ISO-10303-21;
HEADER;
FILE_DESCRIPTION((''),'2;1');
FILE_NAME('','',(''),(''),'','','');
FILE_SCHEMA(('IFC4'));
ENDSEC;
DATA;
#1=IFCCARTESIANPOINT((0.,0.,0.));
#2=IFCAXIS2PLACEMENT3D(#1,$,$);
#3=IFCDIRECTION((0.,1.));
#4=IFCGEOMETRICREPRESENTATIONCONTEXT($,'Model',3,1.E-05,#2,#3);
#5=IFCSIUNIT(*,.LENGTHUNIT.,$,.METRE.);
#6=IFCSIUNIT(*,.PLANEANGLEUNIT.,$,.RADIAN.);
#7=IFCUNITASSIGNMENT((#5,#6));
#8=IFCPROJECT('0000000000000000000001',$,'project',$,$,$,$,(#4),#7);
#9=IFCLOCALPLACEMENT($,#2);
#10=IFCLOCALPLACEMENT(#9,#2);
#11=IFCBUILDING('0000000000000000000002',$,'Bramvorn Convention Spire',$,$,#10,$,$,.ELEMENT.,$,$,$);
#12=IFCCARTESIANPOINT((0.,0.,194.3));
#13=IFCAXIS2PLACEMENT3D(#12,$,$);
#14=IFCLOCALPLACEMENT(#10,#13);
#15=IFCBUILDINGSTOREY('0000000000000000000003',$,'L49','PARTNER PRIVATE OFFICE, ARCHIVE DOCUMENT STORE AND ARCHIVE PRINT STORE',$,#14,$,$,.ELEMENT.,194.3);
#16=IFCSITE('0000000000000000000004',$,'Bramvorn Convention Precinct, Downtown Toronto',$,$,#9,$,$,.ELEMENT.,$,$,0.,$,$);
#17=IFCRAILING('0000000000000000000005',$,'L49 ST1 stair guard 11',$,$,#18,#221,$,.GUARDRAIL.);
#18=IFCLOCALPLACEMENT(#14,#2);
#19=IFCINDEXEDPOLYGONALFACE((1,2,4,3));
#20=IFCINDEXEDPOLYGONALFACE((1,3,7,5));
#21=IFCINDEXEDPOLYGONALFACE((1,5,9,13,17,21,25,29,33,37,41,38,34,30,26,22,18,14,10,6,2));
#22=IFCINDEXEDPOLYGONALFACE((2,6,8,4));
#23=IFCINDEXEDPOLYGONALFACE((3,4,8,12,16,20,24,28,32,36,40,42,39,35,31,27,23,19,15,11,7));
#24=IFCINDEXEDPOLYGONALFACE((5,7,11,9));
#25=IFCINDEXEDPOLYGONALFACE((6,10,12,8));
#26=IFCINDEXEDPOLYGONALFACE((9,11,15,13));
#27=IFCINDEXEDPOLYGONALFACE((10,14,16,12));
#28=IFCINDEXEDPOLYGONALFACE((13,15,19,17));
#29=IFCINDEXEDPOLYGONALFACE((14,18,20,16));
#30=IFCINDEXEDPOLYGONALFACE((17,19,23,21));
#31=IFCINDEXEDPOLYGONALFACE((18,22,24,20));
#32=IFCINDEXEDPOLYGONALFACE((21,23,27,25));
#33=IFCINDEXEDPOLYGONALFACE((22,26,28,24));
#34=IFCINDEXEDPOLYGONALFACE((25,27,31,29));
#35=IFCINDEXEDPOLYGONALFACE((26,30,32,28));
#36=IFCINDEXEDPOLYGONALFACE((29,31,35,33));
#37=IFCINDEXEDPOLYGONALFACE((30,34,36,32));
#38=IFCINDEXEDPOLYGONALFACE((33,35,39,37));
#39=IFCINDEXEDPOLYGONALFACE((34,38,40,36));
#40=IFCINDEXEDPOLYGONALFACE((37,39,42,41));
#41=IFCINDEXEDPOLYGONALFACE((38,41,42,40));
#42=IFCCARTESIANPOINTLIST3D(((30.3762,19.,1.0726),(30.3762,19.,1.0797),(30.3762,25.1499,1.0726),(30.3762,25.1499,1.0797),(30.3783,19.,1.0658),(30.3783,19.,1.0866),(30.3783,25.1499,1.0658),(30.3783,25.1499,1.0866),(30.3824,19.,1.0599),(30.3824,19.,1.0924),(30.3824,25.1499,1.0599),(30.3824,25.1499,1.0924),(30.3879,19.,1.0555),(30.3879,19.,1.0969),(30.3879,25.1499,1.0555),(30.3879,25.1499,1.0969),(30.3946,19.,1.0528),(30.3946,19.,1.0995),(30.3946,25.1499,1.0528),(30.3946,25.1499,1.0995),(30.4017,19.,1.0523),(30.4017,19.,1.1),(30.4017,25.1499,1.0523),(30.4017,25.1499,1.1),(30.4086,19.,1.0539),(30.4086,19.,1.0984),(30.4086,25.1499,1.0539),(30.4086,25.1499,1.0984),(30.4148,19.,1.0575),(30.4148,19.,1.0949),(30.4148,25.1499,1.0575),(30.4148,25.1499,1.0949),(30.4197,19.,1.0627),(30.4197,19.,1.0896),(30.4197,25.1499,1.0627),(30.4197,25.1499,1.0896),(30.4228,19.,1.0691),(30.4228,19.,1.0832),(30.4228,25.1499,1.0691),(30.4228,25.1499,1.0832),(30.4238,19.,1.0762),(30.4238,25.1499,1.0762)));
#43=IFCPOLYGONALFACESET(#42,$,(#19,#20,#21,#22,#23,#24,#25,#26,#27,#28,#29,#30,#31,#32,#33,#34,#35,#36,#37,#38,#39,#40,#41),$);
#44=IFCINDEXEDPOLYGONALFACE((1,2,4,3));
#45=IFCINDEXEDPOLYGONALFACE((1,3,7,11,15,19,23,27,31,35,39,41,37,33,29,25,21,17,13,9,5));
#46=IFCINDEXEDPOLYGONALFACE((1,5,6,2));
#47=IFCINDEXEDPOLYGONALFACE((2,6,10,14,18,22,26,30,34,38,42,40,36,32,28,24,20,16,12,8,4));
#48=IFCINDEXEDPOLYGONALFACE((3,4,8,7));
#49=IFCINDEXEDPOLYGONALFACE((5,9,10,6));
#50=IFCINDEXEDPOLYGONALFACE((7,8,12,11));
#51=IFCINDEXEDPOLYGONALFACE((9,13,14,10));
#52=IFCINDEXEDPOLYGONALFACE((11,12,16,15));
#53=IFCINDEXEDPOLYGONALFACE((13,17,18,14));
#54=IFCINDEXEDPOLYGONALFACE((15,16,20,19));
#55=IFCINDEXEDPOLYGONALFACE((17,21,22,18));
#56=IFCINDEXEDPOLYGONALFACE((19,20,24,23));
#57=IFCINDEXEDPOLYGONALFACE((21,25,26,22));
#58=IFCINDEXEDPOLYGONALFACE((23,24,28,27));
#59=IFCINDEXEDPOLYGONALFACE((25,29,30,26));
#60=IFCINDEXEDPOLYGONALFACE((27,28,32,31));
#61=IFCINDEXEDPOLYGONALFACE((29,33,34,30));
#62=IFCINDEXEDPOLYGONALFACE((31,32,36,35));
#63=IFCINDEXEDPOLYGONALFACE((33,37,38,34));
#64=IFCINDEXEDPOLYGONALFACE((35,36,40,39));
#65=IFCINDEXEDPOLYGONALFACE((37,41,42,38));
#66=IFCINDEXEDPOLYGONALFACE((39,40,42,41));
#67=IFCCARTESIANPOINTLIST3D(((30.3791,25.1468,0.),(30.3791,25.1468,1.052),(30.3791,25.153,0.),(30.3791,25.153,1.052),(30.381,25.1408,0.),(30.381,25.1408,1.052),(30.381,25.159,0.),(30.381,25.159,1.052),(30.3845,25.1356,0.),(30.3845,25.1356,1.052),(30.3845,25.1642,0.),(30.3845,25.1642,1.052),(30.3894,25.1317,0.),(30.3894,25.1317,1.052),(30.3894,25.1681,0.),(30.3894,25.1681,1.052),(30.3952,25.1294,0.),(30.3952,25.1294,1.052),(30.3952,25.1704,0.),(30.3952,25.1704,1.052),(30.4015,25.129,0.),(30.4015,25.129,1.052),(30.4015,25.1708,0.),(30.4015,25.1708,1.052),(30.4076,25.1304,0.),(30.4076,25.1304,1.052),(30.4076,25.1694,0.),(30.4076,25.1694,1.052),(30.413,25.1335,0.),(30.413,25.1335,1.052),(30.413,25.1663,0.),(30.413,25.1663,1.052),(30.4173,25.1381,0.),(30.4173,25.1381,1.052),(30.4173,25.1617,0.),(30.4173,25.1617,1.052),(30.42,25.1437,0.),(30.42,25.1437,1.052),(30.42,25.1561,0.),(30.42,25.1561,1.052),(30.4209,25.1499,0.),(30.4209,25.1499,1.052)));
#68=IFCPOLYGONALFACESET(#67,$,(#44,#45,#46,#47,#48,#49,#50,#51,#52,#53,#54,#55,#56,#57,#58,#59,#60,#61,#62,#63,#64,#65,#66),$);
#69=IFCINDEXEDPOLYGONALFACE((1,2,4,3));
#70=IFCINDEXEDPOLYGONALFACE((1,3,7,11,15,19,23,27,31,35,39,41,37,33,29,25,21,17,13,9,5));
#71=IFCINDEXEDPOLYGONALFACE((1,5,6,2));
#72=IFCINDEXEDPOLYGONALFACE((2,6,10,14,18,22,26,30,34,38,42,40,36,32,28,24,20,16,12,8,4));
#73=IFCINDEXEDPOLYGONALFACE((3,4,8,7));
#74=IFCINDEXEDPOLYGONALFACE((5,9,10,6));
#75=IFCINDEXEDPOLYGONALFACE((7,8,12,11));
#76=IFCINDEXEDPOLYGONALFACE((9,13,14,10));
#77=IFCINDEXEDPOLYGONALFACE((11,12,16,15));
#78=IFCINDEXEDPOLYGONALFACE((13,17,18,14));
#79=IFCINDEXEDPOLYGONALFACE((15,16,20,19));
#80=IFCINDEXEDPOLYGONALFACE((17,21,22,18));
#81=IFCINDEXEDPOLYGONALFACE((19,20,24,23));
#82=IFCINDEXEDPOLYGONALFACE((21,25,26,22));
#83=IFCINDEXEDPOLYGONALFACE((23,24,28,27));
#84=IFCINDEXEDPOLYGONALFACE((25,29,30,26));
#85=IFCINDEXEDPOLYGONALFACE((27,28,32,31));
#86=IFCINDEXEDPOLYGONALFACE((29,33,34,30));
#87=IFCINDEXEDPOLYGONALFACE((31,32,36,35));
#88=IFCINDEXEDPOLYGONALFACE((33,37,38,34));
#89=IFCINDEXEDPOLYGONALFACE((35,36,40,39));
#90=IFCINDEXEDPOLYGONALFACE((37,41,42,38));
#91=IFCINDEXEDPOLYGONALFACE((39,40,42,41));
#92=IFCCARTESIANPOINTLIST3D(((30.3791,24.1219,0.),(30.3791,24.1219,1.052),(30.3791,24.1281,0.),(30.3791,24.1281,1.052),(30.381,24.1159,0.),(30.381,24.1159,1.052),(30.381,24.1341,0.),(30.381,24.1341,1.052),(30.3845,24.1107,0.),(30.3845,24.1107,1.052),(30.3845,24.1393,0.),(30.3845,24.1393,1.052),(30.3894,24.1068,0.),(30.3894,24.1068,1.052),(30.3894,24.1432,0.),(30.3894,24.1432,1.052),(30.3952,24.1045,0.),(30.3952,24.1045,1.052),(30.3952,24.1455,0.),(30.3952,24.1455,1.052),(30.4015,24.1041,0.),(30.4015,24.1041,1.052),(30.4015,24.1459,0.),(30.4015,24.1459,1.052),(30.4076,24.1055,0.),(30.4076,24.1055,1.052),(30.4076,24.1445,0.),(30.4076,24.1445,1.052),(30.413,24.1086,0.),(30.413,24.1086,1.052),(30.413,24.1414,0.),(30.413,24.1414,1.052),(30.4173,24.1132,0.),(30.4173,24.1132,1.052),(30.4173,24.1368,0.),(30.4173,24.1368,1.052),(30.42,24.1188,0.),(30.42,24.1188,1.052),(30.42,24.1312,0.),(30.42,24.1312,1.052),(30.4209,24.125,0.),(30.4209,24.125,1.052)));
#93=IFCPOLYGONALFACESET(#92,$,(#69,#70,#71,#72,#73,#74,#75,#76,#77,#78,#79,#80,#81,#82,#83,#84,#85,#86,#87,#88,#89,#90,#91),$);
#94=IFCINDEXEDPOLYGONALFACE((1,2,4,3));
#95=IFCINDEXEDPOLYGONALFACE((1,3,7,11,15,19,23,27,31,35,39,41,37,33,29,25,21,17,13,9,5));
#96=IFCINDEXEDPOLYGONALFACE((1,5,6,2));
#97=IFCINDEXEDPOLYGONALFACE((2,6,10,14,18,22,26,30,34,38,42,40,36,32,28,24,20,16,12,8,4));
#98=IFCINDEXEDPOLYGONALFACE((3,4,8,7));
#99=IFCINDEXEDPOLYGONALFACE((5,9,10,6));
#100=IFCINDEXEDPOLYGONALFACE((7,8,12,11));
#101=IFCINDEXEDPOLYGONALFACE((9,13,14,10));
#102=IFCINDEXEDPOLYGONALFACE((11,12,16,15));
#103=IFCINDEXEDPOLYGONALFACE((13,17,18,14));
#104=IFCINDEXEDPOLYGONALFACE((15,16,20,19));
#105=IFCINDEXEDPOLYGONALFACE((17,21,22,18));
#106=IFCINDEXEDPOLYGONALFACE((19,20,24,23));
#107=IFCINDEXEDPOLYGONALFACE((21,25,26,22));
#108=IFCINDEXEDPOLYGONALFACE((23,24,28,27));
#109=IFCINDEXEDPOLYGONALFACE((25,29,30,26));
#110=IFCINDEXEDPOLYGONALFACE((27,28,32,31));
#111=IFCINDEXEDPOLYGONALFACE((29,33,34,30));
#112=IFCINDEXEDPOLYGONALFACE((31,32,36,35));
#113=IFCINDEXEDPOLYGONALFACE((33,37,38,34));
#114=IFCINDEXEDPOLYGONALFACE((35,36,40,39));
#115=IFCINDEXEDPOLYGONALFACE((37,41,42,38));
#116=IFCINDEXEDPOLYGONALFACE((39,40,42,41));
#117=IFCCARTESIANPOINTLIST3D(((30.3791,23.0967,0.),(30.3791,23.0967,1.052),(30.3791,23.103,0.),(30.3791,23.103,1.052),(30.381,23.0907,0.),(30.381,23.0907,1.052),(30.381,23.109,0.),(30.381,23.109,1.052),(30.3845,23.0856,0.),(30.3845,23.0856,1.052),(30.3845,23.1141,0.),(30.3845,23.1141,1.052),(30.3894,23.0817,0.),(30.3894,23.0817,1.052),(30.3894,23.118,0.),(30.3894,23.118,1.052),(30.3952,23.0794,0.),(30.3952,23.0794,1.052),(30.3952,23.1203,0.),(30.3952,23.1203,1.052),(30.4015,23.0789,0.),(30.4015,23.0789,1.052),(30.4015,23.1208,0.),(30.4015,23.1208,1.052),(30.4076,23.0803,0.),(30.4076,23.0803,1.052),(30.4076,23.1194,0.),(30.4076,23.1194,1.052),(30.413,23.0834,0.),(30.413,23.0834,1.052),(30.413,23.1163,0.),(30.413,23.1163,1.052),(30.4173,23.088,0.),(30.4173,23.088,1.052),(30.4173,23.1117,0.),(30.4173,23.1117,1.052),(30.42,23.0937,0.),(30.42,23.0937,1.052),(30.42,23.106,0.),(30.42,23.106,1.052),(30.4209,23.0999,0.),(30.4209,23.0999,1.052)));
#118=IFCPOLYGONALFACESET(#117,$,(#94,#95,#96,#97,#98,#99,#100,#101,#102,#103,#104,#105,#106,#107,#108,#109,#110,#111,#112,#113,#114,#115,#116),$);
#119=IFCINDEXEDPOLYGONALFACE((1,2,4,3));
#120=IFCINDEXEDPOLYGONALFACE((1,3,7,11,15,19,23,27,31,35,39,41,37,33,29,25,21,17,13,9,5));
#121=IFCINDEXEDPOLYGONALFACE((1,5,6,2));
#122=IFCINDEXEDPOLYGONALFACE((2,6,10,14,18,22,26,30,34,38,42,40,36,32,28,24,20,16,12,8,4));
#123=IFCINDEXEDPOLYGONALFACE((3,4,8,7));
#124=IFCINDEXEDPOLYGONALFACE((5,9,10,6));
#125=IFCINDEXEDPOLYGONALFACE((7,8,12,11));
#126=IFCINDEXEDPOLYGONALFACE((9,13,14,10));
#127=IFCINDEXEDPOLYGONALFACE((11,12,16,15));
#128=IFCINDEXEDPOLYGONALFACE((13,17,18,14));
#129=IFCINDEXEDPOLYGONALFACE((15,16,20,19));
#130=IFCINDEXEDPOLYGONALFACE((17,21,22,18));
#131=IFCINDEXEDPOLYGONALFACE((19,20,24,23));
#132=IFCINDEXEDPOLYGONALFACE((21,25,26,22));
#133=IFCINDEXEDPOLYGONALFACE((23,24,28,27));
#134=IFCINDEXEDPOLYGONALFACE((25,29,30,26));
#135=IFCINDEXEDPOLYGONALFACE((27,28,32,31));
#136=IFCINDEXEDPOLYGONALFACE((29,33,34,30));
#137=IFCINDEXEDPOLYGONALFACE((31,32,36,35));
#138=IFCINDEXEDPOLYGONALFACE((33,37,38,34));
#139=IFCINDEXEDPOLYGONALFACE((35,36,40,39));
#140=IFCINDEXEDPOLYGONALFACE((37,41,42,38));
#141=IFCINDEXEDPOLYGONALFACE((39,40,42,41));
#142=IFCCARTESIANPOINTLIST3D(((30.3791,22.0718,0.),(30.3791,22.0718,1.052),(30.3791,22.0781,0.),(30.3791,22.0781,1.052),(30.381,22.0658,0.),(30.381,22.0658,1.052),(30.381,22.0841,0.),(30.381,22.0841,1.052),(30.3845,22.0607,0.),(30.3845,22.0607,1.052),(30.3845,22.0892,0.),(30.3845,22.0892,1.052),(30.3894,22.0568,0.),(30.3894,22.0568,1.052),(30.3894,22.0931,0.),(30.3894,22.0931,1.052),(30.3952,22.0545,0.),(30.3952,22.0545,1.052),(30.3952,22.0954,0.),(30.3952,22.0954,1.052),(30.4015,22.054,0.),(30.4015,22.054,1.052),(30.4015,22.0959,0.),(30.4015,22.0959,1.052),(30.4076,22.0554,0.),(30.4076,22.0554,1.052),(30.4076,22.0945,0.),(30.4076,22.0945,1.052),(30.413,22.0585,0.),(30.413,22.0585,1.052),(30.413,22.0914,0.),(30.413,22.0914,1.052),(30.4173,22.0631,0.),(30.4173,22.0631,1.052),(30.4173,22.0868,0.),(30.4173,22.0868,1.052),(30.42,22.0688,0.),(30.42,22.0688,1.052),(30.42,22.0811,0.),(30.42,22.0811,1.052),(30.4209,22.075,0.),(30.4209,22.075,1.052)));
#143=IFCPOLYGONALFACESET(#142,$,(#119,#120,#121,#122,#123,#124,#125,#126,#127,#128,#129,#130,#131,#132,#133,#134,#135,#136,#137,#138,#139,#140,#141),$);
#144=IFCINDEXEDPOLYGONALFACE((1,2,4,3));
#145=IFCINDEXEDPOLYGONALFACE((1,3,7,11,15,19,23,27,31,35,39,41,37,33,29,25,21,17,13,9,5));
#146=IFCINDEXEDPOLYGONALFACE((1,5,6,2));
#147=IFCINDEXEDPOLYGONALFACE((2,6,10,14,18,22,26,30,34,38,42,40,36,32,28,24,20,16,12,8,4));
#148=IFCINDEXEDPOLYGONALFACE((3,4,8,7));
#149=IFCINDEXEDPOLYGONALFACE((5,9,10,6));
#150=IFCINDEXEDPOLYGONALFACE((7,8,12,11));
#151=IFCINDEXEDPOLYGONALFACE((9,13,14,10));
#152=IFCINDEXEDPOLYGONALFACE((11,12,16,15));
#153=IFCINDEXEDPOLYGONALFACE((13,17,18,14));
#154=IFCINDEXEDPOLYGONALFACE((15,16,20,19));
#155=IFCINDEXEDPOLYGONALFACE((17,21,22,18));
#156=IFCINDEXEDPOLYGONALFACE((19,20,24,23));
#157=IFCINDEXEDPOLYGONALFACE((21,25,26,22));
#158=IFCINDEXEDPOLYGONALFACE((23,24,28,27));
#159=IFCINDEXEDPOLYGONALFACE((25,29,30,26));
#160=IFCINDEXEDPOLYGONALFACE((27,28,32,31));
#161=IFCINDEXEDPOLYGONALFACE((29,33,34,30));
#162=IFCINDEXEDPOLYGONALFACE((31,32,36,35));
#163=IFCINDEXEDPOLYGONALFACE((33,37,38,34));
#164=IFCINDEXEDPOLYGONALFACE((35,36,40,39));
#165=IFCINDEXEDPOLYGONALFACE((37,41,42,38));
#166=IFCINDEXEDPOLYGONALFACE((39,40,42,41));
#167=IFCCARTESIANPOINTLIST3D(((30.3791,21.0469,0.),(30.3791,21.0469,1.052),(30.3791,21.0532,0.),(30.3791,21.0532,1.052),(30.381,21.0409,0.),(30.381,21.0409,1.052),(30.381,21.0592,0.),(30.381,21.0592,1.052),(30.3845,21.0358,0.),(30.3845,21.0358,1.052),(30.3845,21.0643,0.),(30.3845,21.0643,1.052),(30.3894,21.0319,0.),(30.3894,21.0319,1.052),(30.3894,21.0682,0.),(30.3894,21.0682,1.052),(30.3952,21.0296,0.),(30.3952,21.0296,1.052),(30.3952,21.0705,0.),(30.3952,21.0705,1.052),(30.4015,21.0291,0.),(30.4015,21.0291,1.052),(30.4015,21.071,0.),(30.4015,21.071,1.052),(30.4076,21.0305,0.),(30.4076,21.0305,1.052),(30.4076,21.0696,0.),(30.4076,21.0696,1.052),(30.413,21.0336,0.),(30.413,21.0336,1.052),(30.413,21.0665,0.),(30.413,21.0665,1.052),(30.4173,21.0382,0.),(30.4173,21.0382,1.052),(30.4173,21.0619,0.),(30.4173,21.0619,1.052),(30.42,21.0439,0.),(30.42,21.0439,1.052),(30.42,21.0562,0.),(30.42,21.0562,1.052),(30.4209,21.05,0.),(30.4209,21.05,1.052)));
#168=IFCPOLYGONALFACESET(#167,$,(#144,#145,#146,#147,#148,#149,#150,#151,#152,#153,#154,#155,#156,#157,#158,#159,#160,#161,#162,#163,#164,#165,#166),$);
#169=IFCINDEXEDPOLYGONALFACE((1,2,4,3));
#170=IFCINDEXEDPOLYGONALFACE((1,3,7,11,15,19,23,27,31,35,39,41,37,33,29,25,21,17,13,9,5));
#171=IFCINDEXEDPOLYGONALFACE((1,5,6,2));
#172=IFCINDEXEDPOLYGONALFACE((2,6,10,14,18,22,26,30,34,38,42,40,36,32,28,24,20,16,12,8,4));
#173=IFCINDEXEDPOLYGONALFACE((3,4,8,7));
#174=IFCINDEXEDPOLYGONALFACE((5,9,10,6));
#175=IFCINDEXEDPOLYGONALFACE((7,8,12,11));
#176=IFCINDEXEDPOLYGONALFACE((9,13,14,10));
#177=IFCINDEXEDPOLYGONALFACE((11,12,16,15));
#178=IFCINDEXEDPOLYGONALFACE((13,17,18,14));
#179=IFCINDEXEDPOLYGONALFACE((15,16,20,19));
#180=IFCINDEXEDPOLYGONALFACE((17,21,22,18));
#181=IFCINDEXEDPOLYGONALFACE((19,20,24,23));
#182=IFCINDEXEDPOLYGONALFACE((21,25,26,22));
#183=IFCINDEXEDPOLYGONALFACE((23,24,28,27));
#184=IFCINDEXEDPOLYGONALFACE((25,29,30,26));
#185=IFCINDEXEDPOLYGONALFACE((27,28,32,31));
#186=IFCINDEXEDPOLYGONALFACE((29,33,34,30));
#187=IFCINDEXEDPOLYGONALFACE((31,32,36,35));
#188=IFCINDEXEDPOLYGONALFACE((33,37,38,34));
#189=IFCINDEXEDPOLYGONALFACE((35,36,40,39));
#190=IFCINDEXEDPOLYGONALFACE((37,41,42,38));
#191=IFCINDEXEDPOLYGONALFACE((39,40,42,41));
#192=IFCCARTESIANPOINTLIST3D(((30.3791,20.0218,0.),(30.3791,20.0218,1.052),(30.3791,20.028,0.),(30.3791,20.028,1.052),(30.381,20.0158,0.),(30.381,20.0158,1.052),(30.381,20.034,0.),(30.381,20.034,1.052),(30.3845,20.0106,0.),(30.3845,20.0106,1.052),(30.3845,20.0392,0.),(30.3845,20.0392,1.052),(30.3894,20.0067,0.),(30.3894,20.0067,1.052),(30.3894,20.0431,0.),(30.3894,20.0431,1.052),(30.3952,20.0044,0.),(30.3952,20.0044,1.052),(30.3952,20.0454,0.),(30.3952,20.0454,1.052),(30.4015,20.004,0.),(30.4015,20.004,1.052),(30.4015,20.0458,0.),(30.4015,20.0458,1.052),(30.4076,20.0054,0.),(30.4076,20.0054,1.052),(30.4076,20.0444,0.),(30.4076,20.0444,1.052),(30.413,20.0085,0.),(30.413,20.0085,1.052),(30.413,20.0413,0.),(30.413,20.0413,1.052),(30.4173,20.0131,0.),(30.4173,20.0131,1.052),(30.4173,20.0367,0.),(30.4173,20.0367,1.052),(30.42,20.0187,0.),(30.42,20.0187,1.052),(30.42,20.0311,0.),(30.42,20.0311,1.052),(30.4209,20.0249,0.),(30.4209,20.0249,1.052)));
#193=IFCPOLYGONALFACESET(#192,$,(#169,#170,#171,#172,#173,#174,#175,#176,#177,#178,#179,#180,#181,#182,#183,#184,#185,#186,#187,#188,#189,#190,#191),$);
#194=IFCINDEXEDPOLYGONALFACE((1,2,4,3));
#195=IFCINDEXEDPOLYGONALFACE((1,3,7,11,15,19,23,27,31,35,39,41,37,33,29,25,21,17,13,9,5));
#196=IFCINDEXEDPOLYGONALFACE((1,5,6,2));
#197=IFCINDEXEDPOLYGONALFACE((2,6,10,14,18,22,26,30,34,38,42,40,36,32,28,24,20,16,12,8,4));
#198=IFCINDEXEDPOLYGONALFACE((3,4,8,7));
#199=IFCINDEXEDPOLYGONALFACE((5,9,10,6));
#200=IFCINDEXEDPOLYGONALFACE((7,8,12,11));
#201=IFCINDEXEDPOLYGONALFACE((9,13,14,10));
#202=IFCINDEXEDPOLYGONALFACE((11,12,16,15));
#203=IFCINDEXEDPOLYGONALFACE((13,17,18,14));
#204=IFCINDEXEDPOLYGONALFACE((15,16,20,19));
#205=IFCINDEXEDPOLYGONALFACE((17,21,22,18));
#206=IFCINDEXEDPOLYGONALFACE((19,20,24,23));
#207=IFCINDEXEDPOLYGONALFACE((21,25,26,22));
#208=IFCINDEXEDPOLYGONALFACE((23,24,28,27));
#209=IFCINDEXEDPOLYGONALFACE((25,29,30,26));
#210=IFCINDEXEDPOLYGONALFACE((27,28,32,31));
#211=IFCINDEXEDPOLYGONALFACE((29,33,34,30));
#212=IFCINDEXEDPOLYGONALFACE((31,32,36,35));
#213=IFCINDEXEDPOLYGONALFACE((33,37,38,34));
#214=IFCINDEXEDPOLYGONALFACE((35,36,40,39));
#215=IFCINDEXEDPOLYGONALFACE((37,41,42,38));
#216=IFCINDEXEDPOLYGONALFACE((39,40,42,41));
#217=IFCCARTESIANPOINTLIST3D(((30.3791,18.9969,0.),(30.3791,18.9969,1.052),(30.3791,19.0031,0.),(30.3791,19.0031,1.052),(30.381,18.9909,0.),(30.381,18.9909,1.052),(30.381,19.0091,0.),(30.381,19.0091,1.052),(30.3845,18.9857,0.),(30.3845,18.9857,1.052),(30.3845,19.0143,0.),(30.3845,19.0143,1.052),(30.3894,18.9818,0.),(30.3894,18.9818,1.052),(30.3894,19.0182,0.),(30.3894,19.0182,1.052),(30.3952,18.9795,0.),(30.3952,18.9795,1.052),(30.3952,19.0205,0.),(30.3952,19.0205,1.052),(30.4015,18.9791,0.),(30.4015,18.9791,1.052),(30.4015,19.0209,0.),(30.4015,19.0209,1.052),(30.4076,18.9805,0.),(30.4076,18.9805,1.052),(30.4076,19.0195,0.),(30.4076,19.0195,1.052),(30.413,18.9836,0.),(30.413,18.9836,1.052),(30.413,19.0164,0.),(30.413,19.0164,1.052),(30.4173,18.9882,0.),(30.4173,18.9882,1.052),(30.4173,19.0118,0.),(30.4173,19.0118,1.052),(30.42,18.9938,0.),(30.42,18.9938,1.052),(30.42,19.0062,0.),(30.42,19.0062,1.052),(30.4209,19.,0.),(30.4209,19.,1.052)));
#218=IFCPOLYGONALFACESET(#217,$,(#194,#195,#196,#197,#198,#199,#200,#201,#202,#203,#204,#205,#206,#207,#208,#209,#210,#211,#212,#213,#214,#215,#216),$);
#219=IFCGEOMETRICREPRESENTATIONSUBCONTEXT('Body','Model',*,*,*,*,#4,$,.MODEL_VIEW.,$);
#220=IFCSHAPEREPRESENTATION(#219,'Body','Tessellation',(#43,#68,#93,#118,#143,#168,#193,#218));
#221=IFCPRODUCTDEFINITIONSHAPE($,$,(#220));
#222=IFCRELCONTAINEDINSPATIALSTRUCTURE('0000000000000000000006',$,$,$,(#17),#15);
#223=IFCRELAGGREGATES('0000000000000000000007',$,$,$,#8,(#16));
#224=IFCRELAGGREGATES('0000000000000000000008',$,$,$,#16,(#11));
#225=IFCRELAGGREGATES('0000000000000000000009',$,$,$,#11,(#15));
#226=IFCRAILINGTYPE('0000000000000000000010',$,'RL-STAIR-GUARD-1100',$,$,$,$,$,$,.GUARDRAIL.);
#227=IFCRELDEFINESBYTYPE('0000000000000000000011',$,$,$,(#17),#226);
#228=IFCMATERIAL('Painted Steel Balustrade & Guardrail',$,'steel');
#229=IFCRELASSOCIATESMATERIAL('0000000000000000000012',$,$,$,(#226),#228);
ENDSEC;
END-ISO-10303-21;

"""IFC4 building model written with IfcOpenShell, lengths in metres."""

from ifc_helpers import new_model, si_unit, direction, frame, origin, origin_2d, place, context, subcontext, project, spatial, circle, extrude, material, type_object, element, save


model = new_model("IFC4")

# Units and contexts
model_context = context("Model", 3, precision=1e-05, world=origin(), true_north=direction((0.0, 1.0)))
body_context = subcontext(model_context, "Body", "Model", "MODEL_VIEW")
ifc_project = project(units=[si_unit("LENGTHUNIT", "METRE"), si_unit("PLANEANGLEUNIT", "RADIAN")], contexts=[model_context])

# Site, building, storey
site_placement = place(None, origin())
site = spatial("IfcSite", under=ifc_project, at=site_placement, Name="Bramvorn Convention Precinct, Downtown Toronto", CompositionType="ELEMENT", RefElevation=0.0)
building_placement = place(site_placement, origin())
building = spatial("IfcBuilding", under=site, at=building_placement, Name="Bramvorn Convention Spire", CompositionType="ELEMENT")
storey_placement = place(building_placement, frame((0.0, 0.0, 194.3)))
storey = spatial("IfcBuildingStorey", under=building, at=storey_placement, Name="L49", Description="PARTNER PRIVATE OFFICE, ARCHIVE DOCUMENT STORE AND ARCHIVE PRINT STORE", CompositionType="ELEMENT", Elevation=194.3)

# Railing
ifc_material_1 = material(Name="Painted Steel Balustrade & Guardrail", Category="steel")
railing_type_1 = type_object("IfcRailingType", Name="RL-STAIR-GUARD-1100", PredefinedType="GUARDRAIL", material=ifc_material_1)
railing_1_placement = place(storey_placement, frame((30.3999, 25.1499, 0.0)))
element("IfcRailing", 1, at=railing_1_placement, inside=storey, type_object=railing_type_1, Name="L49 ST1 stair guard 11", PredefinedType="GUARDRAIL", context=body_context, shape_type="SweptSolid", body=[
    extrude(circle(Radius=0.0239, at=origin_2d()), frame((0.0, 0.0, 1.0762), z_axis=(0.0, -1.0, 0.0), x_axis=(1.0, 0.0, 0.0)), (0.0, 0.0, 1.0), 6.1499),
    extrude(circle(Radius=0.021, at=origin_2d()), origin(), (0.0, 0.0, 1.0), 1.052),
    extrude(circle(Radius=0.021, at=origin_2d()), frame((0.0, -1.0249, 0.0)), (0.0, 0.0, 1.0), 1.052),
    extrude(circle(Radius=0.021, at=origin_2d()), frame((0.0, -2.05, 0.0)), (0.0, 0.0, 1.0), 1.052),
    extrude(circle(Radius=0.021, at=origin_2d()), frame((0.0, -3.075, 0.0)), (0.0, 0.0, 1.0), 1.052),
    extrude(circle(Radius=0.021, at=origin_2d()), frame((0.0, -4.0999, 0.0)), (0.0, 0.0, 1.0), 1.052),
    extrude(circle(Radius=0.021, at=origin_2d()), frame((0.0, -5.125, 0.0)), (0.0, 0.0, 1.0), 1.052),
    extrude(circle(Radius=0.021, at=origin_2d()), frame((0.0, -6.1499, 0.0)), (0.0, 0.0, 1.0), 1.052),
])

save(model, "model.ifc")
